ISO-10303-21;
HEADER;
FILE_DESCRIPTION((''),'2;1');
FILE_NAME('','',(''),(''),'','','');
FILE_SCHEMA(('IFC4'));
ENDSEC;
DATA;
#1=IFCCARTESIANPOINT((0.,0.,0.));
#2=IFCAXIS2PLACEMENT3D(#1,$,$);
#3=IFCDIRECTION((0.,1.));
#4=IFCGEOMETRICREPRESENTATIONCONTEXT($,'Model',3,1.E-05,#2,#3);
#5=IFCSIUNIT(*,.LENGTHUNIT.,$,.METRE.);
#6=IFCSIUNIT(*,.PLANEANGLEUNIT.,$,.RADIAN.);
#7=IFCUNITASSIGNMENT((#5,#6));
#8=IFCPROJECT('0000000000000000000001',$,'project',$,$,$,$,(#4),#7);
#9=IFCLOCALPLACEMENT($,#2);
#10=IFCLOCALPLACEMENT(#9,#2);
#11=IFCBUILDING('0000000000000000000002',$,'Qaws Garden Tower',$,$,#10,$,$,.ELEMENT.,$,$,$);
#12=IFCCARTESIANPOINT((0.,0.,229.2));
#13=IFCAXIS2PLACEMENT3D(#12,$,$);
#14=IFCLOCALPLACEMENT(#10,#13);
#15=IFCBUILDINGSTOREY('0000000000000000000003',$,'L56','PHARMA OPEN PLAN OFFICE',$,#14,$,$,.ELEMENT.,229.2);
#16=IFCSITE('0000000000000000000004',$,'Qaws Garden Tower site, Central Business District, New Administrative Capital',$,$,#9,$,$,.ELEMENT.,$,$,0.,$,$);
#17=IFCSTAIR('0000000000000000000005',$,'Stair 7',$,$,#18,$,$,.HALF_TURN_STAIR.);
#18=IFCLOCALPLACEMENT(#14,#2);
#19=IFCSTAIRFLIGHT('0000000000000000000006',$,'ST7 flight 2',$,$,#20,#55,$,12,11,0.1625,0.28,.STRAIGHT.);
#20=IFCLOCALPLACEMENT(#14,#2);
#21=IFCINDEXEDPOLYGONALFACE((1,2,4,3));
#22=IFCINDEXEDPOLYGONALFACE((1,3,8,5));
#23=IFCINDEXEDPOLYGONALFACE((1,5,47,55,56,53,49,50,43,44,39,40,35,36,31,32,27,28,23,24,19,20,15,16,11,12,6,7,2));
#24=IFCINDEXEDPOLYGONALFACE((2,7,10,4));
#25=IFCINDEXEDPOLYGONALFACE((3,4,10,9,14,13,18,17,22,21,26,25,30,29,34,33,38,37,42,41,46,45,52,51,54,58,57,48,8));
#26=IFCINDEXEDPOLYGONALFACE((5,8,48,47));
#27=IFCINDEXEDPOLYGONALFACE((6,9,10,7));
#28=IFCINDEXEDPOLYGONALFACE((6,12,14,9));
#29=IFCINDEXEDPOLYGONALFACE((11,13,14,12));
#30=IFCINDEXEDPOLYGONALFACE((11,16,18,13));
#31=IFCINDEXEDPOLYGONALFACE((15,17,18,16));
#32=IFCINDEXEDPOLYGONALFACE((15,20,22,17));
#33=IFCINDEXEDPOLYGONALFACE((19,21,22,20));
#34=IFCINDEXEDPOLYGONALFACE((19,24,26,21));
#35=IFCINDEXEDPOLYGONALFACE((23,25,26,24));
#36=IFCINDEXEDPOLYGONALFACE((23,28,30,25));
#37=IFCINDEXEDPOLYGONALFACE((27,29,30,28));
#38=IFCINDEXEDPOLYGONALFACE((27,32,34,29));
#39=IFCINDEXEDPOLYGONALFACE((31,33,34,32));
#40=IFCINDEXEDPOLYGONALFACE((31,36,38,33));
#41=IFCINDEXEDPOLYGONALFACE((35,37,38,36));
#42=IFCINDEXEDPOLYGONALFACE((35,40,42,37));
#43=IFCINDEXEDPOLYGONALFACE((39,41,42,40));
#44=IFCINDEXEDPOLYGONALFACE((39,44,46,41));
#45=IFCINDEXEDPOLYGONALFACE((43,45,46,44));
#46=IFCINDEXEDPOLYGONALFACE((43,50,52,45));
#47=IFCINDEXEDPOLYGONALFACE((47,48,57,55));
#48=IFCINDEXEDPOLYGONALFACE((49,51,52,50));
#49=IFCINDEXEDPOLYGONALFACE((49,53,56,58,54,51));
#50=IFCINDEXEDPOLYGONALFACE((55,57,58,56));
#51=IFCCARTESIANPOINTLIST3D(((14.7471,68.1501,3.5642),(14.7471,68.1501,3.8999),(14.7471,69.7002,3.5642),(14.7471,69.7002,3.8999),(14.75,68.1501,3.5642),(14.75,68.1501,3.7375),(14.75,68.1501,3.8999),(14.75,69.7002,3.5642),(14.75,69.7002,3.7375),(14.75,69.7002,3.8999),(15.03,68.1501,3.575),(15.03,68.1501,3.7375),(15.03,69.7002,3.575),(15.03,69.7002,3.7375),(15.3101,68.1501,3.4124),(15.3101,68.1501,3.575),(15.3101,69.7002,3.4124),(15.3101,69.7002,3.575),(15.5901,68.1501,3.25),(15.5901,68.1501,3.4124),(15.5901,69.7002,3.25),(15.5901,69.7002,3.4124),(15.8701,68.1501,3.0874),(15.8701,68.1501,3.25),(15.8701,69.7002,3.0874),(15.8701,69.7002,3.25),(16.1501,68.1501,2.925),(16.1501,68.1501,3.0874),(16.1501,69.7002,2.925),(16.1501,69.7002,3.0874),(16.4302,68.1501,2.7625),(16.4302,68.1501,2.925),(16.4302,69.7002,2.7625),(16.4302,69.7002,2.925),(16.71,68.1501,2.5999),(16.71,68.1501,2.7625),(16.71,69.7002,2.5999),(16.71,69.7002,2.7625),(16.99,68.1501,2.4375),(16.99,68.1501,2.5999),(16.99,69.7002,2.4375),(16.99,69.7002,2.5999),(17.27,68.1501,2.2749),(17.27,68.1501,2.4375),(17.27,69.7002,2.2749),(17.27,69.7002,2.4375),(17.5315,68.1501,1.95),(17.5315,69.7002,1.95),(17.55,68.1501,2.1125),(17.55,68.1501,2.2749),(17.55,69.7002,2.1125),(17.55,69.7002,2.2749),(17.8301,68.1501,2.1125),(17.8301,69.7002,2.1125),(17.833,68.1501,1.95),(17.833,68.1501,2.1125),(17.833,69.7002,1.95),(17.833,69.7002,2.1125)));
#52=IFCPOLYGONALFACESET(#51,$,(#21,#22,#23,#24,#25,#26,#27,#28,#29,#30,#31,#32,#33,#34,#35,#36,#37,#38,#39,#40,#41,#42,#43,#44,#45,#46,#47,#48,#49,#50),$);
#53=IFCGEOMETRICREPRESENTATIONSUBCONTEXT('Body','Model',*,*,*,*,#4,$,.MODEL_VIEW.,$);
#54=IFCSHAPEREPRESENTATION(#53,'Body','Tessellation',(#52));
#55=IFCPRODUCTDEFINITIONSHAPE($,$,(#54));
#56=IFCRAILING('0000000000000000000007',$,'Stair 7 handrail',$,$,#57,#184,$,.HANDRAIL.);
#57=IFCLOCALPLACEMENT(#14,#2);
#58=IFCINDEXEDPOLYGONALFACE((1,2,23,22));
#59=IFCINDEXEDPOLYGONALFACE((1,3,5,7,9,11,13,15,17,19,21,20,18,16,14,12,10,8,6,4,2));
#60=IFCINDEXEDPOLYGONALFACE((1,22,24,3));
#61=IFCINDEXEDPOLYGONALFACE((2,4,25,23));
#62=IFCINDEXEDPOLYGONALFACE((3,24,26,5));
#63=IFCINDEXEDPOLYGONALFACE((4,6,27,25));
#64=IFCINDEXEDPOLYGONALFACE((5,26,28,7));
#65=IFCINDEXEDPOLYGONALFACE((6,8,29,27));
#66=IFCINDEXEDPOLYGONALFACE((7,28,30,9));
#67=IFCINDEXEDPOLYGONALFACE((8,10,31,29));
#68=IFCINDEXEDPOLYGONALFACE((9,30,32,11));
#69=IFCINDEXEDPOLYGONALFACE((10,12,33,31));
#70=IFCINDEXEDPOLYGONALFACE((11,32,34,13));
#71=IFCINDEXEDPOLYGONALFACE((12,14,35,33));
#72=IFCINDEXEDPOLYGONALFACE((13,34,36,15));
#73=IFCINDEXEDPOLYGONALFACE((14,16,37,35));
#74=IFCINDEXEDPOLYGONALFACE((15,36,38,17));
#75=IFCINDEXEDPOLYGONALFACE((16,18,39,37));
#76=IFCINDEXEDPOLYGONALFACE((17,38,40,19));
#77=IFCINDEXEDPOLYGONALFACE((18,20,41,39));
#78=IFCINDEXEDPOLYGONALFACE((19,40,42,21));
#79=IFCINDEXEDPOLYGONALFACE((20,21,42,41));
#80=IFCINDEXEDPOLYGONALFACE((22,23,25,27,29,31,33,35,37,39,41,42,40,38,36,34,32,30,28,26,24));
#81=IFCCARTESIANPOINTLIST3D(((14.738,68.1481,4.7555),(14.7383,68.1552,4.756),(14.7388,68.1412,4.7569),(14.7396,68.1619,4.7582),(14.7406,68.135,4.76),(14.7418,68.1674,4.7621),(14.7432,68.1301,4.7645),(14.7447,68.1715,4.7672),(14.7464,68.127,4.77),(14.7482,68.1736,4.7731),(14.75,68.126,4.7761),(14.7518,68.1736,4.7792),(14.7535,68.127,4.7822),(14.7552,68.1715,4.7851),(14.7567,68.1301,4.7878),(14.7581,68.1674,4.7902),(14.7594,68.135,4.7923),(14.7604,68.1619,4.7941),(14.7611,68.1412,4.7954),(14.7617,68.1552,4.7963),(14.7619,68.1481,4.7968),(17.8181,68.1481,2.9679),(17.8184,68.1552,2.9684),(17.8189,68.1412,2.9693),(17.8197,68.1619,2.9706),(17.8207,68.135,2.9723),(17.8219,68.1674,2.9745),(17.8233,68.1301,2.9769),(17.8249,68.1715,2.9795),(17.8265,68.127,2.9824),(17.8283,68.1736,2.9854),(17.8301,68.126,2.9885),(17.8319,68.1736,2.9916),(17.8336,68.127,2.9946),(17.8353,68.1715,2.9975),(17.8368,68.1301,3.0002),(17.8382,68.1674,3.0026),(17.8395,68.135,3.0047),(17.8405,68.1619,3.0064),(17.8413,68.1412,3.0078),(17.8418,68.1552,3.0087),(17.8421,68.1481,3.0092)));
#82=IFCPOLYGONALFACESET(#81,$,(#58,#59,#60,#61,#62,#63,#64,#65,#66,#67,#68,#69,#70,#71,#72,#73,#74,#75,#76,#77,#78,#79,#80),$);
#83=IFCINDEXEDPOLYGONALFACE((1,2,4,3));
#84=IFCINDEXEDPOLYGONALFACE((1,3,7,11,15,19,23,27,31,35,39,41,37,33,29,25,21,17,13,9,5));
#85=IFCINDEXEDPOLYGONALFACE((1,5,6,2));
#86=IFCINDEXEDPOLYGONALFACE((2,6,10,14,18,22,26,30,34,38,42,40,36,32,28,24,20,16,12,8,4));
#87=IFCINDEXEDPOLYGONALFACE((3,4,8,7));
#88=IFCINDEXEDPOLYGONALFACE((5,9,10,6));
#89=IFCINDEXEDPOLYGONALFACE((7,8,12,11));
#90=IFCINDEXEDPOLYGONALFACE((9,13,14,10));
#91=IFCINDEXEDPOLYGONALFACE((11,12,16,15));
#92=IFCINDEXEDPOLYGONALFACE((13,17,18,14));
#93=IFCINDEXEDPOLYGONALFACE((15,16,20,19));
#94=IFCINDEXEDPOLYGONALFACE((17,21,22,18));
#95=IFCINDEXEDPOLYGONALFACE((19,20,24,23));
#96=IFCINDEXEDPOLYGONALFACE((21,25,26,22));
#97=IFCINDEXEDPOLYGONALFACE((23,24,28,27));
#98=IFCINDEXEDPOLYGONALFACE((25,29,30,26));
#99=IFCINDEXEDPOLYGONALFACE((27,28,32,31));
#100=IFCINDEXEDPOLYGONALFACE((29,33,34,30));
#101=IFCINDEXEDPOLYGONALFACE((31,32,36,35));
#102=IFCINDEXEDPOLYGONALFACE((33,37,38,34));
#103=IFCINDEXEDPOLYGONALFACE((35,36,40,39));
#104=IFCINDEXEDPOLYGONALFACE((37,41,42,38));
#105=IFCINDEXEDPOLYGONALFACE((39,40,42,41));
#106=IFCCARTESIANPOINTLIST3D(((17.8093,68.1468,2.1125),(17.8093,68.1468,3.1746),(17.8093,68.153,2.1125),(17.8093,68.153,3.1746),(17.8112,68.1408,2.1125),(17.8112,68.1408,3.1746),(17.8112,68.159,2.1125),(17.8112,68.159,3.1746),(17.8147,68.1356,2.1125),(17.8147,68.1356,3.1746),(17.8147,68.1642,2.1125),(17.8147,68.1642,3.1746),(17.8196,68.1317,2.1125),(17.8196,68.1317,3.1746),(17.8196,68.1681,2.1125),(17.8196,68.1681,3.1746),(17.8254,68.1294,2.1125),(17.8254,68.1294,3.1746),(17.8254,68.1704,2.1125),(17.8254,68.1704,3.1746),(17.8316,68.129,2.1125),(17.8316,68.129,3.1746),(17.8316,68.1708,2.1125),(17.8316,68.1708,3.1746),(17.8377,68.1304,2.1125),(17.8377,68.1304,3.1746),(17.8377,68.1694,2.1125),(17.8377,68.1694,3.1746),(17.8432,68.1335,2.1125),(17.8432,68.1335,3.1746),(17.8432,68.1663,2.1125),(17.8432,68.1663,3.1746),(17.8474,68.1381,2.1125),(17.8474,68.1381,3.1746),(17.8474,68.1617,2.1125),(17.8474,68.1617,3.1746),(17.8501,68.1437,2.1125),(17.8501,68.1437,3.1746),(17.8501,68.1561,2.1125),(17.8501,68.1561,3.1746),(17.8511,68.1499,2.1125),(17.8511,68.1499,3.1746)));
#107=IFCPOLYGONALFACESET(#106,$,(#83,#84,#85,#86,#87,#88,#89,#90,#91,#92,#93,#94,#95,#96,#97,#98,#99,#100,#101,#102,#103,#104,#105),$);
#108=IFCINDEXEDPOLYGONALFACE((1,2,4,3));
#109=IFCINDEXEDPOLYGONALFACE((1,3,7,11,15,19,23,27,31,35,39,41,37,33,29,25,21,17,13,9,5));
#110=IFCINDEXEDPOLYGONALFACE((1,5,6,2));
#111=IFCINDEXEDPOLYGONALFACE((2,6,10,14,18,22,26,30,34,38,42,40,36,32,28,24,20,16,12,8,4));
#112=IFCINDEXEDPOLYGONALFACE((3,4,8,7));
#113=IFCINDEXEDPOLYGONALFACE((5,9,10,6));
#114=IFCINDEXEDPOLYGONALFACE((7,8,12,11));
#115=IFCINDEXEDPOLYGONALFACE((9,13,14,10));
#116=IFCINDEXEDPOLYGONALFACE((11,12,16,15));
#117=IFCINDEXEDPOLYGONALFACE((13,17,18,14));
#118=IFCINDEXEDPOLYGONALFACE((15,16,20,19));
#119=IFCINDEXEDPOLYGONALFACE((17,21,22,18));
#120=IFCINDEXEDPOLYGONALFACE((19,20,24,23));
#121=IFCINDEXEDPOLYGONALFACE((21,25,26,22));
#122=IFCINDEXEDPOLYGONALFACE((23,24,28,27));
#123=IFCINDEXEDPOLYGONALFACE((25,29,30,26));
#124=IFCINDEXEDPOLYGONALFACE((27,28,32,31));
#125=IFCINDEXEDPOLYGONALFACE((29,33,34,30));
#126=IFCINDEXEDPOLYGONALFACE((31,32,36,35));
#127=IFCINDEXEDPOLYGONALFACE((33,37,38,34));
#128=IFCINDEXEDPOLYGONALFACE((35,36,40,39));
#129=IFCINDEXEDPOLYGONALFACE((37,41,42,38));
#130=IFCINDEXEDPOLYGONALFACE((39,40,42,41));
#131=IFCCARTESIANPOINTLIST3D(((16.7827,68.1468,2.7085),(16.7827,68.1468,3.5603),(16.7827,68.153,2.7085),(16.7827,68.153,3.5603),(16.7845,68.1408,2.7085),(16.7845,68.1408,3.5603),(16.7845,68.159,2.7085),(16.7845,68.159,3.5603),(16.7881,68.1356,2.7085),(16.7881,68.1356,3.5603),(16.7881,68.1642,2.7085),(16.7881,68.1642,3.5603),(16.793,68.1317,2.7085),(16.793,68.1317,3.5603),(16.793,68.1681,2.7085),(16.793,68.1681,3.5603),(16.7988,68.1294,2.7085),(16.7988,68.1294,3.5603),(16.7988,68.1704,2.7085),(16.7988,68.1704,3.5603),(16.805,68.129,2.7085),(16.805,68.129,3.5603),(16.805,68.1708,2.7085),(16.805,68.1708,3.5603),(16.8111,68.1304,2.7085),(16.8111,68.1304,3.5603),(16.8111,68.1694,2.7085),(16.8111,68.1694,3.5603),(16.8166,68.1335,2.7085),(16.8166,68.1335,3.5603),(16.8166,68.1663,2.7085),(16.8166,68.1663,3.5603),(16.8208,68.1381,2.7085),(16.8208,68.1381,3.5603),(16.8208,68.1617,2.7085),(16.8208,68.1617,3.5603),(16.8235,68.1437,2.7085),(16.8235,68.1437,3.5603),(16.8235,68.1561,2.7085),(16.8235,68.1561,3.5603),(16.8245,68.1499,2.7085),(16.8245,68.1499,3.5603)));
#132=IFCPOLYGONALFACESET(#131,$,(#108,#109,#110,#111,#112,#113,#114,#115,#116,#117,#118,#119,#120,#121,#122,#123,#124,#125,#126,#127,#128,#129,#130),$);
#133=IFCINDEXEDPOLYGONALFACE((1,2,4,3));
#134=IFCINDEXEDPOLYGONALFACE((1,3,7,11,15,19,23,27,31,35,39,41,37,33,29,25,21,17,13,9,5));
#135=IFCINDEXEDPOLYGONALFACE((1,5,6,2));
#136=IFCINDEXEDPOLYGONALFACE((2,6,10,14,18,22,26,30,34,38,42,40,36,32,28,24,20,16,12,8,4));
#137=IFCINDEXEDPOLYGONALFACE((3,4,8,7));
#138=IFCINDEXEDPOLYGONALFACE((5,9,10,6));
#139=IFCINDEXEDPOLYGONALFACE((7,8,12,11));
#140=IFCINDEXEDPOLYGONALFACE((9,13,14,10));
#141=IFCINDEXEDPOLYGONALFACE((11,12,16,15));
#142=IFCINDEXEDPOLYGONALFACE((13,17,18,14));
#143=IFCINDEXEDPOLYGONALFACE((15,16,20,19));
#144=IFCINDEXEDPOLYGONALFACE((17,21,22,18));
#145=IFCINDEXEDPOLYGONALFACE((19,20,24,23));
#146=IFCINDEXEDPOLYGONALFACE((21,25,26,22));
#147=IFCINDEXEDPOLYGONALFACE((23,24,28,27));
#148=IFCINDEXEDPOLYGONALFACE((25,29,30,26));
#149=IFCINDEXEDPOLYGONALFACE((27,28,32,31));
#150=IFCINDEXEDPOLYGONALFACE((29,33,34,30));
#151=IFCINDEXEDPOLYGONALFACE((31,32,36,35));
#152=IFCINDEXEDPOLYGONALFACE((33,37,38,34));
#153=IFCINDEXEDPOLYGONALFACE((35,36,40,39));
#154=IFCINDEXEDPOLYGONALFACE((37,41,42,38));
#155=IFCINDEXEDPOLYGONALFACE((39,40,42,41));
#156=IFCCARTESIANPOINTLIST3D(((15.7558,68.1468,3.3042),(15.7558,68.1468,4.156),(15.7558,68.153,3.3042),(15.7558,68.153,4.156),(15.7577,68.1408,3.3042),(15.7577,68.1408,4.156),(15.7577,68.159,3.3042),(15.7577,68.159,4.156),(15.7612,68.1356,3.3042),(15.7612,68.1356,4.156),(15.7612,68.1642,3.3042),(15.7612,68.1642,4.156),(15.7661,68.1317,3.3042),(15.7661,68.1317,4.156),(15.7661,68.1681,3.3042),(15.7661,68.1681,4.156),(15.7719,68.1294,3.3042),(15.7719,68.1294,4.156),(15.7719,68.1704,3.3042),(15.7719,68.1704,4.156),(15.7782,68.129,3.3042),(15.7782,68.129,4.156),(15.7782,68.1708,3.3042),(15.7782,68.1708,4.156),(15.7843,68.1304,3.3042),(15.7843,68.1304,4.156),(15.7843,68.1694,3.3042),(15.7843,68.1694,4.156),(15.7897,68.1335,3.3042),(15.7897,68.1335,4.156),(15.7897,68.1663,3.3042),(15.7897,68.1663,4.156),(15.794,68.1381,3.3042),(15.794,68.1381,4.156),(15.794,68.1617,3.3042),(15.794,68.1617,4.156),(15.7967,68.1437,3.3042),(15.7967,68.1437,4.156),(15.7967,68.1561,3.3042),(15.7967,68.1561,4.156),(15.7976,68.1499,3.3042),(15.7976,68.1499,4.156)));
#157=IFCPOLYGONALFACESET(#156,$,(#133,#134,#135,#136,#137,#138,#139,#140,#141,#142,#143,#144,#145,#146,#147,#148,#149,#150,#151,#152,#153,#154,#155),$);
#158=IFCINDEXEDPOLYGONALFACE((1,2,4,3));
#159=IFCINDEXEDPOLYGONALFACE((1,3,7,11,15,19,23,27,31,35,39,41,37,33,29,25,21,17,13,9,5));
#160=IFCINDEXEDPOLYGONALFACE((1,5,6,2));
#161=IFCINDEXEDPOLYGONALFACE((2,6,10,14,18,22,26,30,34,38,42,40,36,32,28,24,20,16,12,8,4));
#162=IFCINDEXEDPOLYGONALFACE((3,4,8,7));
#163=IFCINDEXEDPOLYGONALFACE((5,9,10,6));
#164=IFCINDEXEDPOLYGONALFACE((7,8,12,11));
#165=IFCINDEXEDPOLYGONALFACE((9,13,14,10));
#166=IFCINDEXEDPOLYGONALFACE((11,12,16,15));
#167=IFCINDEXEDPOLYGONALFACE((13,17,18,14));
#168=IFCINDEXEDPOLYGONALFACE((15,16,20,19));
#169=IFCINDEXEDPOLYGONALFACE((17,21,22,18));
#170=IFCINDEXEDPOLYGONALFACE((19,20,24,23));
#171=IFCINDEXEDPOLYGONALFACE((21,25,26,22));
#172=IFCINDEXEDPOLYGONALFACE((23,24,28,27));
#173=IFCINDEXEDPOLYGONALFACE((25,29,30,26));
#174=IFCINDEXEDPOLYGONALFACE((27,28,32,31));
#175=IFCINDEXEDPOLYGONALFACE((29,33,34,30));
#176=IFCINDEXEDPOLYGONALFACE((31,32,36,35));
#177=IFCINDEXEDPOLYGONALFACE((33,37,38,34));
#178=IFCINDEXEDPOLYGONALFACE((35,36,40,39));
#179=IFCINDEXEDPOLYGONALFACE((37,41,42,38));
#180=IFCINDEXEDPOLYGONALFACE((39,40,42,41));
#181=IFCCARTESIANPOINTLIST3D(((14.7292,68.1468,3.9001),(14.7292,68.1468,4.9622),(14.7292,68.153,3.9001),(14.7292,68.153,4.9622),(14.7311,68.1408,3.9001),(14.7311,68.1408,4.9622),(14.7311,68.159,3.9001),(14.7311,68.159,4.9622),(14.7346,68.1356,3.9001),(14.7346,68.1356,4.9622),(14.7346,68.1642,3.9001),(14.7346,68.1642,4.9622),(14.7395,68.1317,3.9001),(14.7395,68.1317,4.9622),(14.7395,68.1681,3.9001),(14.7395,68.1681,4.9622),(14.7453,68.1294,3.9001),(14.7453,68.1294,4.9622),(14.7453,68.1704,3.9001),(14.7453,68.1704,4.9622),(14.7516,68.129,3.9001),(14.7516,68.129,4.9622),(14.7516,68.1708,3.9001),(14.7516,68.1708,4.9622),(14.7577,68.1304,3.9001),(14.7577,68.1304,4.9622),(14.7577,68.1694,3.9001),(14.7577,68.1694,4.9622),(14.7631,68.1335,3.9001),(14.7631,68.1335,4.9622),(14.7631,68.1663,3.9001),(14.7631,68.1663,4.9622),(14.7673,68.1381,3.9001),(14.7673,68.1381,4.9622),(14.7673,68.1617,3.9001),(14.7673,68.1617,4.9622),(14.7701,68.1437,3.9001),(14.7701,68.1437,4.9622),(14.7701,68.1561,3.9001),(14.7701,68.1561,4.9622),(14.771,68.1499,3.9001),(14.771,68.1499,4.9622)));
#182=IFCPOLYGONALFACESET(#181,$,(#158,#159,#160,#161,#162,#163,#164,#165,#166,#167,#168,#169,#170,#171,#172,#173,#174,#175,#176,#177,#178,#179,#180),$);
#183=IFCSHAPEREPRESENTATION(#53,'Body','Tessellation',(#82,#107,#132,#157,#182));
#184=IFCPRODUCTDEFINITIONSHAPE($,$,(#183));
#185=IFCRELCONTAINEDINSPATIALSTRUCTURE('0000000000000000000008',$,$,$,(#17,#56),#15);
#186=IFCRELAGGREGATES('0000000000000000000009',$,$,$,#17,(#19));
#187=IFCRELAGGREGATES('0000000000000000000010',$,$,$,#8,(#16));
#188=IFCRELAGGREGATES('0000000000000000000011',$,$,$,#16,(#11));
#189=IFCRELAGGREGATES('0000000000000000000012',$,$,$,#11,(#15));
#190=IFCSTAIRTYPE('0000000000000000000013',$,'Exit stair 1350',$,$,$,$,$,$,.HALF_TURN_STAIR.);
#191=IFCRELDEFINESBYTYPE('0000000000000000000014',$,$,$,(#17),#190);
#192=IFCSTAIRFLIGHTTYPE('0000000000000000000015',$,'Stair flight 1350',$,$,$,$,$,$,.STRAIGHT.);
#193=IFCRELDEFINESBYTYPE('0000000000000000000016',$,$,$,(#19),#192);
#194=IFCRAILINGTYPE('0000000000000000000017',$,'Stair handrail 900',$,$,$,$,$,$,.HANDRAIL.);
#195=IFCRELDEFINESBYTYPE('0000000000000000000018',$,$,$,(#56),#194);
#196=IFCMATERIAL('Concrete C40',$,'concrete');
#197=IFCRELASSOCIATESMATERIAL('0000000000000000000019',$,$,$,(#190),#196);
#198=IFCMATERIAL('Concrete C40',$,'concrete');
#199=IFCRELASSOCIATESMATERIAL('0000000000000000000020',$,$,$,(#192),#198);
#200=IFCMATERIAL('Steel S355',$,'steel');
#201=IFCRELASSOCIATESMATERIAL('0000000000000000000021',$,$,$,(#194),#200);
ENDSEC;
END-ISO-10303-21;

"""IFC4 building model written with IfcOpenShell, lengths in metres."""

from ifc_helpers import new_model, si_unit, direction, frame, origin, origin_2d, place, context, subcontext, project, spatial, polyline, circle, outline, extrude, material, type_object, element, aggregate, save


model = new_model("IFC4")

# Units and contexts
model_context = context("Model", 3, precision=1e-05, world=origin(), true_north=direction((0.0, 1.0)))
body_context = subcontext(model_context, "Body", "Model", "MODEL_VIEW")
ifc_project = project(units=[si_unit("LENGTHUNIT", "METRE"), si_unit("PLANEANGLEUNIT", "RADIAN")], contexts=[model_context])

# Site, building, storey
site_placement = place(None, origin())
site = spatial("IfcSite", under=ifc_project, at=site_placement, Name="Qaws Garden Tower site, Central Business District, New Administrative Capital", CompositionType="ELEMENT", RefElevation=0.0)
building_placement = place(site_placement, origin())
building = spatial("IfcBuilding", under=site, at=building_placement, Name="Qaws Garden Tower", CompositionType="ELEMENT")
storey_placement = place(building_placement, frame((0.0, 0.0, 229.2)))
storey = spatial("IfcBuildingStorey", under=building, at=storey_placement, Name="L56", Description="PHARMA OPEN PLAN OFFICE", CompositionType="ELEMENT", Elevation=229.2)

# Stair, stair flight
ifc_material_1 = material(Name="Concrete C40", Category="concrete")
stair_type = type_object("IfcStairType", Name="Exit stair 1350", PredefinedType="HALF_TURN_STAIR", material=ifc_material_1)
stair_placement = place(storey_placement, origin())
stair = element("IfcStair", 1, at=stair_placement, inside=storey, type_object=stair_type, Name="Stair 7", PredefinedType="HALF_TURN_STAIR")
ifc_material_2 = material(Name="Concrete C40", Category="concrete")
stair_flight_type = type_object("IfcStairFlightType", Name="Stair flight 1350", PredefinedType="STRAIGHT", material=ifc_material_2)
stair_flight_placement = place(storey_placement, frame((17.8301, 68.925, 1.95), z_axis=(0.0, 0.0, 1.0), x_axis=(-1.0, 0.0, 0.0)))
stair_flight = element("IfcStairFlight", 2, at=stair_flight_placement, type_object=stair_flight_type, Name="ST7 flight 2", NumberOfRisers=12, NumberOfTreads=11, PredefinedType="STRAIGHT", RiserHeight=0.1625, TreadLength=0.28, context=body_context, shape_type="SweptSolid", body=[
    extrude(outline(polyline([(-0.0029, 0.0), (-0.0029, 0.1626), (0.0, 0.1626), (0.28, 0.1626), (0.28, 0.325), (0.5601, 0.325), (0.5601, 0.4875), (0.8401, 0.4875), (0.8401, 0.6499), (1.1201, 0.6499), (1.1201, 0.8125), (1.3999, 0.8125), (1.3999, 0.9751), (1.6799, 0.9751), (1.6799, 1.1375), (1.96, 1.1375), (1.96, 1.3), (2.24, 1.3), (2.24, 1.4624), (2.52, 1.4624), (2.52, 1.625), (2.8, 1.625), (2.8, 1.7876), (3.0801, 1.7876), (3.0801, 1.95), (3.083, 1.95), (3.083, 1.6143), (3.0801, 1.6143), (0.2986, 0.0), (-0.0029, 0.0)])), frame((0.0, 0.7749, 0.0), z_axis=(0.0, -1.0, 0.0), x_axis=(1.0, 0.0, 0.0)), (0.0, 0.0, 1.0), 1.55),
])
aggregate(stair, [stair_flight])

# Railing
ifc_material_3 = material(Name="Steel S355", Category="steel")
railing_type = type_object("IfcRailingType", Name="Stair handrail 900", PredefinedType="HANDRAIL", material=ifc_material_3)
railing_placement = place(storey_placement, frame((17.8301, 68.1499, 2.1125)))
element("IfcRailing", 3, at=railing_placement, inside=storey, type_object=railing_type, Name="Stair 7 handrail", PredefinedType="HANDRAIL", context=body_context, shape_type="SweptSolid", body=[
    extrude(circle(Radius=0.0239, at=origin_2d()), frame((0.0, 0.0, 0.876), z_axis=(-0.864891, 0.0, 0.50196), x_axis=(0.0, -1.0, 0.0)), (0.0, 0.0, 1.0), 3.5613),
    extrude(circle(Radius=0.021, at=origin_2d()), origin(), (0.0, 0.0, 1.0), 1.062),
    extrude(circle(Radius=0.021, at=origin_2d()), frame((-1.0266, 0.0, 0.5959)), (0.0, 0.0, 1.0), 0.8518),
    extrude(circle(Radius=0.021, at=origin_2d()), frame((-2.0535, 0.0, 1.1917)), (0.0, 0.0, 1.0), 0.8518),
    extrude(circle(Radius=0.021, at=origin_2d()), frame((-3.0801, 0.0, 1.7876)), (0.0, 0.0, 1.0), 1.062),
])

save(model, "model.ifc")
